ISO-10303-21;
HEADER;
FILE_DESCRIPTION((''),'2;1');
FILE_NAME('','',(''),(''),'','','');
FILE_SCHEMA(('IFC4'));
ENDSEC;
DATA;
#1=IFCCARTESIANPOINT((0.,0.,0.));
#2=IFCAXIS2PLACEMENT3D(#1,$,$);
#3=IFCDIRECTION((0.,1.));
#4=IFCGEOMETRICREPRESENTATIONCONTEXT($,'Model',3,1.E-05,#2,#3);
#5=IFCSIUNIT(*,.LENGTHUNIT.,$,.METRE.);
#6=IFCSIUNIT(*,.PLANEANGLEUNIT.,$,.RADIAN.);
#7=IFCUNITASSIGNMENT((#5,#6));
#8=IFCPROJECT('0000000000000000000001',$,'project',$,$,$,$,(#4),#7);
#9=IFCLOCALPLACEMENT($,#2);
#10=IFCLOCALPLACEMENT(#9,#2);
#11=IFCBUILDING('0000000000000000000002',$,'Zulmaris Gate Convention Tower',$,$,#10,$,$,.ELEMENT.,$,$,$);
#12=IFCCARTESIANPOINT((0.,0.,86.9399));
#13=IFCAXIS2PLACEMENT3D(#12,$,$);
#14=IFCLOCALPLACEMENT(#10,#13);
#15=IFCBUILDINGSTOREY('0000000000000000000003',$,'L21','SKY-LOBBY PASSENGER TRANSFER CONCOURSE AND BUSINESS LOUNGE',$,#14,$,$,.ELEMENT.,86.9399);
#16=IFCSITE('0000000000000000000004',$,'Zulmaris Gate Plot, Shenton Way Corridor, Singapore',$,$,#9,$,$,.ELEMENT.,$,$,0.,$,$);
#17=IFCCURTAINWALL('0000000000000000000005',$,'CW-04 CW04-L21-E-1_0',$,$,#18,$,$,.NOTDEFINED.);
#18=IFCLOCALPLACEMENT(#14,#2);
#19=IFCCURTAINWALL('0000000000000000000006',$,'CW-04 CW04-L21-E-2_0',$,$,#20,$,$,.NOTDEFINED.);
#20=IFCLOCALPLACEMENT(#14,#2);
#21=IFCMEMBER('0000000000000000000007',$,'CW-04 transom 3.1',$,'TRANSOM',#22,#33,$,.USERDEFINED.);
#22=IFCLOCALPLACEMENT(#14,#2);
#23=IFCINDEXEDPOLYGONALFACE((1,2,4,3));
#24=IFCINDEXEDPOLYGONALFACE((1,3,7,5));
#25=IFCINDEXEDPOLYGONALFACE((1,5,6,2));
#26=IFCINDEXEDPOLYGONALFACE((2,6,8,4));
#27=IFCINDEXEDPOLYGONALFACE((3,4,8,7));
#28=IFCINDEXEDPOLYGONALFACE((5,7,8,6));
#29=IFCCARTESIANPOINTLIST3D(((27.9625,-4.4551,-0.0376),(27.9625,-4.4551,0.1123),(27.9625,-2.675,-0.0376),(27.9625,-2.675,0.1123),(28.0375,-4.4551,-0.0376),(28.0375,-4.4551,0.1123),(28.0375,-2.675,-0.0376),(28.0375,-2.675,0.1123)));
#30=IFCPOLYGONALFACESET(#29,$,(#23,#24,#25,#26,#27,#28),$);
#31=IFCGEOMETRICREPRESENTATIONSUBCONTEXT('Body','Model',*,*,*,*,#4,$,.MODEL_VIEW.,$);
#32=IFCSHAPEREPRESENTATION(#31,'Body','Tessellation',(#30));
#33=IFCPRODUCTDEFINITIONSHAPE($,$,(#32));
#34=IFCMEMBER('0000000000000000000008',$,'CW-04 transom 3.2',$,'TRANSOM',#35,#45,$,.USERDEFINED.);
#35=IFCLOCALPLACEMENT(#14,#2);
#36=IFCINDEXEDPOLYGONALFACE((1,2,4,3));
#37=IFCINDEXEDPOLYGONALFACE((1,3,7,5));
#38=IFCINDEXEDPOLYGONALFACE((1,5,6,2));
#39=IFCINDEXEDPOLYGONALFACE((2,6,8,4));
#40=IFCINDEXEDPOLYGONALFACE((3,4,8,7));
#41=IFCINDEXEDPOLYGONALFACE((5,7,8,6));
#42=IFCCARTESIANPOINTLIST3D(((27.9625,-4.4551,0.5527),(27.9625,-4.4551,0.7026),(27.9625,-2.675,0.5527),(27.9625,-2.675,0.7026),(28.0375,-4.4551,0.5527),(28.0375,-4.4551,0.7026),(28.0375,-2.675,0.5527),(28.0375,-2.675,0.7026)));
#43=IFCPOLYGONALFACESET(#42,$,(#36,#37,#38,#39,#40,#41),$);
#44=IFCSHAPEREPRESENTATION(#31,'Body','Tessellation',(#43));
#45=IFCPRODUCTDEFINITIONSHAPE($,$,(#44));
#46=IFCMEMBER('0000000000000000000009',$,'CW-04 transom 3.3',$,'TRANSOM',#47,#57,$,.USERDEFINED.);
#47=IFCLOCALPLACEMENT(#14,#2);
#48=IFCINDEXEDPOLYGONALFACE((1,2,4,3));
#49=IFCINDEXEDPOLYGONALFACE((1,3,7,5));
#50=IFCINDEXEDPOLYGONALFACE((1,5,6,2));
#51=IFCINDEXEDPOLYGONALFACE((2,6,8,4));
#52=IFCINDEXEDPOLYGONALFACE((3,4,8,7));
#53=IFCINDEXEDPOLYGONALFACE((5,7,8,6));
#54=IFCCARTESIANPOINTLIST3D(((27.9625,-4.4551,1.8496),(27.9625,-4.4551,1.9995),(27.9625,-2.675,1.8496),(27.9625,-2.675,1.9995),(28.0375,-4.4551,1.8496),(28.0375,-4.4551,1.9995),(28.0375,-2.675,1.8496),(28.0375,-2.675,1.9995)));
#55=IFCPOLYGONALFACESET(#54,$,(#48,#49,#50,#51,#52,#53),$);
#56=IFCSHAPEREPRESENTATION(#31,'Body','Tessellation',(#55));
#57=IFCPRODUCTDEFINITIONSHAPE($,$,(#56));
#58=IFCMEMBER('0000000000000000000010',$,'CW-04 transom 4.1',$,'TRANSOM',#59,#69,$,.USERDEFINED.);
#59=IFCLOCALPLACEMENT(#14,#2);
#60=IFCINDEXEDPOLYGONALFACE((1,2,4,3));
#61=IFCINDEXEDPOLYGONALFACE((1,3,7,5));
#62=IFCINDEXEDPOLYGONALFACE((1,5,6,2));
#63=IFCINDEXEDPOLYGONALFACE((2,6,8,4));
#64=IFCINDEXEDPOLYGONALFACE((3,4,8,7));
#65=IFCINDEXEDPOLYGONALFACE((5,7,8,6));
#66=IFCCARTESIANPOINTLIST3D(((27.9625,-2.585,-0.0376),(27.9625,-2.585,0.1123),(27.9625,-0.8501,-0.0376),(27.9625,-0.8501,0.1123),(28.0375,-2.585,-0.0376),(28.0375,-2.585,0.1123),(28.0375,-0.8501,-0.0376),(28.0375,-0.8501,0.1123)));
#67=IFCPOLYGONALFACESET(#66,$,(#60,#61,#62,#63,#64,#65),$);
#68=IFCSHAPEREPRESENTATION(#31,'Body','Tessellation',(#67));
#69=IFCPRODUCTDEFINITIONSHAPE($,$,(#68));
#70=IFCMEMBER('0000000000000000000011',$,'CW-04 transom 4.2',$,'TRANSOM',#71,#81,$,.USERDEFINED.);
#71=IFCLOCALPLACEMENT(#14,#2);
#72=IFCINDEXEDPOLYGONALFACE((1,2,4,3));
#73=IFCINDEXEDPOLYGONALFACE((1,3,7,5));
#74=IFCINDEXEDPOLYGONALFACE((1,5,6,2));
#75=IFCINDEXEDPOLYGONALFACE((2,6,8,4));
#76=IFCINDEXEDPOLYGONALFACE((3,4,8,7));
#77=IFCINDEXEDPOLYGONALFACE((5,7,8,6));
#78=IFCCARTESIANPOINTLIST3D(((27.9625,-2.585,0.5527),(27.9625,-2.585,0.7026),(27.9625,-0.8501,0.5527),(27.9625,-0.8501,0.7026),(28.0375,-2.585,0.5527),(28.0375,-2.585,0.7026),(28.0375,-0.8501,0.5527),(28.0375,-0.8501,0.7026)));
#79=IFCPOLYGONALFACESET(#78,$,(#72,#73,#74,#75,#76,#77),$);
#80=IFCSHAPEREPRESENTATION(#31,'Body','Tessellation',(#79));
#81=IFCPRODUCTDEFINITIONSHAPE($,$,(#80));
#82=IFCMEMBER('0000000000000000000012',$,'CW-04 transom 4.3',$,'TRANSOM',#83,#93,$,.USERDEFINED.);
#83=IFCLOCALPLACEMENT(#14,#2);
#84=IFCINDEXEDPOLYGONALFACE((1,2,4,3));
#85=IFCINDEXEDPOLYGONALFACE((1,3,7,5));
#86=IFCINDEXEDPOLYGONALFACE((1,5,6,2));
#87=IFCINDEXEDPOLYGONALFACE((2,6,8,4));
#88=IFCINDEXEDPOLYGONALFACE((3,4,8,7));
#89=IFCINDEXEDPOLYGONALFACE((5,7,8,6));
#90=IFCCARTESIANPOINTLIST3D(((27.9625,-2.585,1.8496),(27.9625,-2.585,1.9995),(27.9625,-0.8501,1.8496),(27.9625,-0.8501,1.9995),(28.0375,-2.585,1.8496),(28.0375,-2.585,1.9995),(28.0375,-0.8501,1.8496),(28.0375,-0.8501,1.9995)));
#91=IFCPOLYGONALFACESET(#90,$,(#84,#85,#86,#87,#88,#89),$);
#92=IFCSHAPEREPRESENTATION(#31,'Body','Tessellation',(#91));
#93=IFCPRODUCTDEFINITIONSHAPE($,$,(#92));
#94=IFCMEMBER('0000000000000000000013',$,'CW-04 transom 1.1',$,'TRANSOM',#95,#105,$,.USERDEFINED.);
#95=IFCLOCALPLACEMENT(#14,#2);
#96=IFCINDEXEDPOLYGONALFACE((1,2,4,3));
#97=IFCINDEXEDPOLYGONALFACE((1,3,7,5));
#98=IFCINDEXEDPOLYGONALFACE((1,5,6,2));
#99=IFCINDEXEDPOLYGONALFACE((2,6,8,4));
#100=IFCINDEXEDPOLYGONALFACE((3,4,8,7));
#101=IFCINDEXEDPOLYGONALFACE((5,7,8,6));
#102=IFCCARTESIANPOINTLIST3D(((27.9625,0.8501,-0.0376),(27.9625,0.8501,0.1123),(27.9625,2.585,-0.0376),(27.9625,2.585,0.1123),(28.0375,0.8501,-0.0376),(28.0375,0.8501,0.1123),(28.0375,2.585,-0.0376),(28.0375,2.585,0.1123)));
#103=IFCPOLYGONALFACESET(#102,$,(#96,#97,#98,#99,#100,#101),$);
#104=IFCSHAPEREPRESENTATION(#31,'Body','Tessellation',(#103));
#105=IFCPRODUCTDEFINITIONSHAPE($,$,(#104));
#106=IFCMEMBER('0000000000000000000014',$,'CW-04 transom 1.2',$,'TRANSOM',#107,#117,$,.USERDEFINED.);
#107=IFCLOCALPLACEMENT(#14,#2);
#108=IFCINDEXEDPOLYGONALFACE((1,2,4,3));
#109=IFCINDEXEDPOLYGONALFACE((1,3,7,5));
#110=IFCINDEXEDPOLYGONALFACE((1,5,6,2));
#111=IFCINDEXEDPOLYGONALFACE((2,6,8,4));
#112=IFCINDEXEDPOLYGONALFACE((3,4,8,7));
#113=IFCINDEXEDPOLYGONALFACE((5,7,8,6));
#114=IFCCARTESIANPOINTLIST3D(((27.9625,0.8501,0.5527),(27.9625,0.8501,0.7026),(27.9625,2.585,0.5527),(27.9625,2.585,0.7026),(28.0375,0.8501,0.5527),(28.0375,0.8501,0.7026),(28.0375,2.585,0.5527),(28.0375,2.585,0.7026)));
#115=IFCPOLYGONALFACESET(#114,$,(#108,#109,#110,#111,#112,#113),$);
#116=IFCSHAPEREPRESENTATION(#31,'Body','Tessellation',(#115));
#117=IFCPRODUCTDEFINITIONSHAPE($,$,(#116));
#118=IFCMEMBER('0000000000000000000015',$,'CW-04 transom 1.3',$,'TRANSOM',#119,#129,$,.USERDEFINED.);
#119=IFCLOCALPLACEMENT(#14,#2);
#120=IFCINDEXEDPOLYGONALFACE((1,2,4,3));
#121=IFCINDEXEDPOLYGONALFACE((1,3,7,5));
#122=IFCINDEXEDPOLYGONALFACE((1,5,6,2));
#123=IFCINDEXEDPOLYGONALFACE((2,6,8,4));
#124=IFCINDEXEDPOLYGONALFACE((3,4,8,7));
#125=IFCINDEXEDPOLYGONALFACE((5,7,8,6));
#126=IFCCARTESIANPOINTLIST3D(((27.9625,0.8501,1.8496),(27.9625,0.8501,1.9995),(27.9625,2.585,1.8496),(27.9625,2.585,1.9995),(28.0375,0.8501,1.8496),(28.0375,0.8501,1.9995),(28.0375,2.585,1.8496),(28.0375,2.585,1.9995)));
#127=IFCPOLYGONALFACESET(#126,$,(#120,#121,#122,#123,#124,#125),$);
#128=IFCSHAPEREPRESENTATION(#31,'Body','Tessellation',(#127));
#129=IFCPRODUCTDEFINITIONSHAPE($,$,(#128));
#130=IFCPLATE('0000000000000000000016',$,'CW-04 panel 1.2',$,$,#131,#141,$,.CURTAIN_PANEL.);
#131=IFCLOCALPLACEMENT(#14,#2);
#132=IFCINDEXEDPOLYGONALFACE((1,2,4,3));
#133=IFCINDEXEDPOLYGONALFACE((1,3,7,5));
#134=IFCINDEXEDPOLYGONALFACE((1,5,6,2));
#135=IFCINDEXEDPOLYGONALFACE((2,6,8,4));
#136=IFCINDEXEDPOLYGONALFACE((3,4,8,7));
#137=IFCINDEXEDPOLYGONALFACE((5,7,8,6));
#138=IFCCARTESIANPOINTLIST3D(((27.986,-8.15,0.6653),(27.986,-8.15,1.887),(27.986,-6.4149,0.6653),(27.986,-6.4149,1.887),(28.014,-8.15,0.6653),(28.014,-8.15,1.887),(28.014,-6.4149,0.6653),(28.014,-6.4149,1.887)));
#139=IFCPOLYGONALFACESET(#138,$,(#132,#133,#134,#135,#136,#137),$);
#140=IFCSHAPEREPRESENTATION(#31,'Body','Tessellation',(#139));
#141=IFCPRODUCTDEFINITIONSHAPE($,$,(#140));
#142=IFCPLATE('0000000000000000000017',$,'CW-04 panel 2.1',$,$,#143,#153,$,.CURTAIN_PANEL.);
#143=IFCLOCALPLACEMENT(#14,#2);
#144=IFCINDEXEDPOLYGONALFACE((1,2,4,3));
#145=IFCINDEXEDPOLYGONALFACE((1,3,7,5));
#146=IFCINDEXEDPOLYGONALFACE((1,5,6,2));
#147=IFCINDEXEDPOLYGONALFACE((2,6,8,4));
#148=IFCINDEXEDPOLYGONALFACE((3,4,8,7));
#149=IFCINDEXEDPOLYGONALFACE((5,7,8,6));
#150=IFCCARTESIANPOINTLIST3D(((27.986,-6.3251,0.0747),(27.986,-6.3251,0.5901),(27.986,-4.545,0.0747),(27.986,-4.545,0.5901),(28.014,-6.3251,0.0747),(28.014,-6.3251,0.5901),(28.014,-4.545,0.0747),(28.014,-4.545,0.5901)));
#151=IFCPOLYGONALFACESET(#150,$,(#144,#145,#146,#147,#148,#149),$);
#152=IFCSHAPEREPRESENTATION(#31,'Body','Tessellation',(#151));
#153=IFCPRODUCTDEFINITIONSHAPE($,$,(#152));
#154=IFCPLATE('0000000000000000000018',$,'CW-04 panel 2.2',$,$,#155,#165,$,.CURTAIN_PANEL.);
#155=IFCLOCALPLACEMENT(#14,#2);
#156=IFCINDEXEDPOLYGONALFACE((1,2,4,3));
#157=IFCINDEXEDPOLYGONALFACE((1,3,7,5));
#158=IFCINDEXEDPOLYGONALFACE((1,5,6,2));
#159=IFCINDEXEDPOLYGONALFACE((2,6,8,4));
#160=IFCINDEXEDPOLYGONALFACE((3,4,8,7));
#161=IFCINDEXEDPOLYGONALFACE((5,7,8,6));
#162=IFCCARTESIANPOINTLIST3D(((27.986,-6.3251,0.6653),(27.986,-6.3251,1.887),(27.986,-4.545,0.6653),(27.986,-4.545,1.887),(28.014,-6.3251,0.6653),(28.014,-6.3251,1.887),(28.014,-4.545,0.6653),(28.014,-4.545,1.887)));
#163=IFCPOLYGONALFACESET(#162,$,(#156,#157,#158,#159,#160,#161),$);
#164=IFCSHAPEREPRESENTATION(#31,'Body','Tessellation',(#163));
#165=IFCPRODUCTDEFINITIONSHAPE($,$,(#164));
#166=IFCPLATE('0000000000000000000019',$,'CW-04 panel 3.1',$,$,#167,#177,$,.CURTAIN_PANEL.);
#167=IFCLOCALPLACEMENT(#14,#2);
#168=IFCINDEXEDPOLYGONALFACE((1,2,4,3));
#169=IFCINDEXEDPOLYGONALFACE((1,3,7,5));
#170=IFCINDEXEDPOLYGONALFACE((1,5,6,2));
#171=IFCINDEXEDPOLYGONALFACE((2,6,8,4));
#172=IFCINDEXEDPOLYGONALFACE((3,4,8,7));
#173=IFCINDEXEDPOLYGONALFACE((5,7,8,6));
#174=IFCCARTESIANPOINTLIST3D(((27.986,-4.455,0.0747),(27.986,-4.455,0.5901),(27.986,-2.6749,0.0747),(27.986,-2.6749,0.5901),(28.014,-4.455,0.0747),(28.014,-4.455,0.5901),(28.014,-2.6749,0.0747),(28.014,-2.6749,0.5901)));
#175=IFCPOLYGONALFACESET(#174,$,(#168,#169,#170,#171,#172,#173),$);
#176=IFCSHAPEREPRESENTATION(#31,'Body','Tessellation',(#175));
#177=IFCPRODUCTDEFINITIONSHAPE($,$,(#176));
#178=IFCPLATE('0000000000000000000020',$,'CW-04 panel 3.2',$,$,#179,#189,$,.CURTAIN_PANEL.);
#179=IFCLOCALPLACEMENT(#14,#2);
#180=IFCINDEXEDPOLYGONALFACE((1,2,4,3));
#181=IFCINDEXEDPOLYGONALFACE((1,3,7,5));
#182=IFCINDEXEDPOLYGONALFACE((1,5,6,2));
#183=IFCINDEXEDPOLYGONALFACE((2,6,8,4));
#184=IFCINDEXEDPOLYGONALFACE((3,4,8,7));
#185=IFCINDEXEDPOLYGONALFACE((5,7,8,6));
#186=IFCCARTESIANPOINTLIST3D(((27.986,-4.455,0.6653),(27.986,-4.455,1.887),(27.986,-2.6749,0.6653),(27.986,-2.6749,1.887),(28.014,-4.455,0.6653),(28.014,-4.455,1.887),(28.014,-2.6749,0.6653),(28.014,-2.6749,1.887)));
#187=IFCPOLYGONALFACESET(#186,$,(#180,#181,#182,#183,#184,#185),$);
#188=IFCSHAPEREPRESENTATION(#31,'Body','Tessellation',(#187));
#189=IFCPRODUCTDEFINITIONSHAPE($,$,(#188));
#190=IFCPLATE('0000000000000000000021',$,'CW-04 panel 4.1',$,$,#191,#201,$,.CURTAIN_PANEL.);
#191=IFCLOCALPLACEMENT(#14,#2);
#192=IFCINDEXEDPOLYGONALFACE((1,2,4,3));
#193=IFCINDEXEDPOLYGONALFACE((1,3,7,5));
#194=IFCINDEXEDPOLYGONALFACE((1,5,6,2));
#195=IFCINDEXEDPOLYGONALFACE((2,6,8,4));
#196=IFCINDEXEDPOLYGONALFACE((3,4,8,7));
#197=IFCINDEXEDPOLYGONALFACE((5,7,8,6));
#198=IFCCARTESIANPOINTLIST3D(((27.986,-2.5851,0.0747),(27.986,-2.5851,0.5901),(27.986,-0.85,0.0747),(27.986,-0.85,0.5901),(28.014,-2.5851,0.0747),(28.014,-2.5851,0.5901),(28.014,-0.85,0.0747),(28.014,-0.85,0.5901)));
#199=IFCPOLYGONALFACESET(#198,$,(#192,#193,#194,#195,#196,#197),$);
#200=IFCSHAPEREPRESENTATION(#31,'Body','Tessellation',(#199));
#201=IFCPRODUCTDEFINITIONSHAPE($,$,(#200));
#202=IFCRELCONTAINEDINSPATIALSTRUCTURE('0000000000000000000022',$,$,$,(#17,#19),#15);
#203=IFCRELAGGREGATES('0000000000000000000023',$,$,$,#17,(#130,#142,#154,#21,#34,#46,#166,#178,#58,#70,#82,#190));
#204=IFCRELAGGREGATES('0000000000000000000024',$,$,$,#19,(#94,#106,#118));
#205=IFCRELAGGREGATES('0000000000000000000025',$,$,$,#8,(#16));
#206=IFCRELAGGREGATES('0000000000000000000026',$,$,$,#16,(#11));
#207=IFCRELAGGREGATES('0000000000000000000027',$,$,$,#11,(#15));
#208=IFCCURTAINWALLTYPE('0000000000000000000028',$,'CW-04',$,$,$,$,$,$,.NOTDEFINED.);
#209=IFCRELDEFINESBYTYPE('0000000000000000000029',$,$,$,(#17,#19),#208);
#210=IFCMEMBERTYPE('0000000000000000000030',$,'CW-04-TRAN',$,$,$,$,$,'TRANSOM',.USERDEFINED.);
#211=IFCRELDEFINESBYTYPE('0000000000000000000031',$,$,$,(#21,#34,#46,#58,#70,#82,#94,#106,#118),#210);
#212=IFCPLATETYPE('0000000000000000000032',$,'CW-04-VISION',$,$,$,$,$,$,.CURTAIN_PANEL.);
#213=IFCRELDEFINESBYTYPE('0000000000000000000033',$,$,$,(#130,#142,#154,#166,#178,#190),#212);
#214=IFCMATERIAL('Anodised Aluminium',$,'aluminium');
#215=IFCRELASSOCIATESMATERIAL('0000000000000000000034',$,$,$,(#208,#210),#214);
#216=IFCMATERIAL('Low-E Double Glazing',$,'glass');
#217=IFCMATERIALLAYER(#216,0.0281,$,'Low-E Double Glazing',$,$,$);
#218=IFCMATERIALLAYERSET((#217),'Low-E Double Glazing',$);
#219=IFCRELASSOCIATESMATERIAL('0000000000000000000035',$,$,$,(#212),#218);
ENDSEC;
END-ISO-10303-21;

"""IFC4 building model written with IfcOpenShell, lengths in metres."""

from ifc_helpers import new_model, si_unit, direction, frame, origin, origin_2d, place, context, subcontext, project, spatial, rectangle, extrude, material, layer, layer_set, material_profile, profile_set, type_object, element, aggregate, save


model = new_model("IFC4")

# Units and contexts
model_context = context("Model", 3, precision=1e-05, world=origin(), true_north=direction((0.0, 1.0)))
body_context = subcontext(model_context, "Body", "Model", "MODEL_VIEW")
ifc_project = project(units=[si_unit("LENGTHUNIT", "METRE"), si_unit("PLANEANGLEUNIT", "RADIAN")], contexts=[model_context])

# Site, building, storey
site_placement = place(None, origin())
site = spatial("IfcSite", under=ifc_project, at=site_placement, Name="Zulmaris Gate Plot, Shenton Way Corridor, Singapore", CompositionType="ELEMENT", RefElevation=0.0)
building_placement = place(site_placement, origin())
building = spatial("IfcBuilding", under=site, at=building_placement, Name="Zulmaris Gate Convention Tower", CompositionType="ELEMENT")
storey_placement = place(building_placement, frame((0.0, 0.0, 86.9399)))
storey = spatial("IfcBuildingStorey", under=building, at=storey_placement, Name="L21", Description="SKY-LOBBY PASSENGER TRANSFER CONCOURSE AND BUSINESS LOUNGE", CompositionType="ELEMENT", Elevation=86.9399)

# Curtain wall
ifc_material_1 = material(Name="Anodised Aluminium", Category="aluminium")
curtain_wall_type = type_object("IfcCurtainWallType", Name="CW-04", PredefinedType="NOTDEFINED", material=ifc_material_1)
curtain_wall_1_placement = place(storey_placement, origin())
curtain_wall_1 = element("IfcCurtainWall", 1, at=curtain_wall_1_placement, inside=storey, type_object=curtain_wall_type, Name="CW-04 CW04-L21-E-1_0", PredefinedType="NOTDEFINED")

# Curtain wall
curtain_wall_2_placement = place(storey_placement, origin())
curtain_wall_2 = element("IfcCurtainWall", 2, at=curtain_wall_2_placement, inside=storey, type_object=curtain_wall_type, Name="CW-04 CW04-L21-E-2_0", PredefinedType="NOTDEFINED")

# Members
ifc_material_profile_1 = material_profile(ifc_material_1, rectangle(XDim=0.075, YDim=0.1499, at=origin_2d()), Name="ALU TRANSOM 75x150")
ifc_profile_set_1 = profile_set([ifc_material_profile_1], Name="Anodised Aluminium")
member_type_1 = type_object("IfcMemberType", Name="CW-04-TRAN", ElementType="TRANSOM", PredefinedType="USERDEFINED", material=ifc_profile_set_1)
member_1_placement = place(storey_placement, frame((28.0, -4.4551, 0.0374), z_axis=(0.0, 1.0, 0.0), x_axis=(-1.0, 0.0, 0.0)))
member_1 = element("IfcMember", 3, at=member_1_placement, type_object=member_type_1, Name="CW-04 transom 3.1", ObjectType="TRANSOM", PredefinedType="USERDEFINED", context=body_context, shape_type="SweptSolid", body=[
    extrude(rectangle(XDim=0.075, YDim=0.1499, at=origin_2d()), origin(), (0.0, 0.0, 1.0), 1.78),
])
member_2_placement = place(storey_placement, frame((28.0, -4.4551, 0.6277), z_axis=(0.0, 1.0, 0.0), x_axis=(-1.0, 0.0, 0.0)))
member_2 = element("IfcMember", 4, at=member_2_placement, type_object=member_type_1, Name="CW-04 transom 3.2", ObjectType="TRANSOM", PredefinedType="USERDEFINED", context=body_context, shape_type="SweptSolid", body=[
    extrude(rectangle(XDim=0.075, YDim=0.1499, at=origin_2d()), origin(), (0.0, 0.0, 1.0), 1.78),
])
member_3_placement = place(storey_placement, frame((28.0, -4.4551, 1.9246), z_axis=(0.0, 1.0, 0.0), x_axis=(-1.0, 0.0, 0.0)))
member_3 = element("IfcMember", 5, at=member_3_placement, type_object=member_type_1, Name="CW-04 transom 3.3", ObjectType="TRANSOM", PredefinedType="USERDEFINED", context=body_context, shape_type="SweptSolid", body=[
    extrude(rectangle(XDim=0.075, YDim=0.1499, at=origin_2d()), origin(), (0.0, 0.0, 1.0), 1.78),
])
member_4_placement = place(storey_placement, frame((28.0, -2.585, 0.0374), z_axis=(0.0, 1.0, 0.0), x_axis=(-1.0, 0.0, 0.0)))
member_4 = element("IfcMember", 6, at=member_4_placement, type_object=member_type_1, Name="CW-04 transom 4.1", ObjectType="TRANSOM", PredefinedType="USERDEFINED", context=body_context, shape_type="SweptSolid", body=[
    extrude(rectangle(XDim=0.075, YDim=0.1499, at=origin_2d()), origin(), (0.0, 0.0, 1.0), 1.7349),
])
member_5_placement = place(storey_placement, frame((28.0, -2.585, 0.6277), z_axis=(0.0, 1.0, 0.0), x_axis=(-1.0, 0.0, 0.0)))
member_5 = element("IfcMember", 7, at=member_5_placement, type_object=member_type_1, Name="CW-04 transom 4.2", ObjectType="TRANSOM", PredefinedType="USERDEFINED", context=body_context, shape_type="SweptSolid", body=[
    extrude(rectangle(XDim=0.075, YDim=0.1499, at=origin_2d()), origin(), (0.0, 0.0, 1.0), 1.7349),
])
member_6_placement = place(storey_placement, frame((28.0, -2.585, 1.9246), z_axis=(0.0, 1.0, 0.0), x_axis=(-1.0, 0.0, 0.0)))
member_6 = element("IfcMember", 8, at=member_6_placement, type_object=member_type_1, Name="CW-04 transom 4.3", ObjectType="TRANSOM", PredefinedType="USERDEFINED", context=body_context, shape_type="SweptSolid", body=[
    extrude(rectangle(XDim=0.075, YDim=0.1499, at=origin_2d()), origin(), (0.0, 0.0, 1.0), 1.7349),
])
member_7_placement = place(storey_placement, frame((28.0, 0.8501, 0.0374), z_axis=(0.0, 1.0, 0.0), x_axis=(-1.0, 0.0, 0.0)))
member_7 = element("IfcMember", 9, at=member_7_placement, type_object=member_type_1, Name="CW-04 transom 1.1", ObjectType="TRANSOM", PredefinedType="USERDEFINED", context=body_context, shape_type="SweptSolid", body=[
    extrude(rectangle(XDim=0.075, YDim=0.1499, at=origin_2d()), origin(), (0.0, 0.0, 1.0), 1.7349),
])
member_8_placement = place(storey_placement, frame((28.0, 0.8501, 0.6277), z_axis=(0.0, 1.0, 0.0), x_axis=(-1.0, 0.0, 0.0)))
member_8 = element("IfcMember", 10, at=member_8_placement, type_object=member_type_1, Name="CW-04 transom 1.2", ObjectType="TRANSOM", PredefinedType="USERDEFINED", context=body_context, shape_type="SweptSolid", body=[
    extrude(rectangle(XDim=0.075, YDim=0.1499, at=origin_2d()), origin(), (0.0, 0.0, 1.0), 1.7349),
])
member_9_placement = place(storey_placement, frame((28.0, 0.8501, 1.9246), z_axis=(0.0, 1.0, 0.0), x_axis=(-1.0, 0.0, 0.0)))
member_9 = element("IfcMember", 11, at=member_9_placement, type_object=member_type_1, Name="CW-04 transom 1.3", ObjectType="TRANSOM", PredefinedType="USERDEFINED", context=body_context, shape_type="SweptSolid", body=[
    extrude(rectangle(XDim=0.075, YDim=0.1499, at=origin_2d()), origin(), (0.0, 0.0, 1.0), 1.7349),
])

# Plates
ifc_material_2 = material(Name="Low-E Double Glazing", Category="glass")
ifc_layer_1 = layer(ifc_material_2, 0.0281, Name="Low-E Double Glazing")
ifc_layer_set_1 = layer_set([ifc_layer_1], Name="Low-E Double Glazing")
plate_type = type_object("IfcPlateType", Name="CW-04-VISION", PredefinedType="CURTAIN_PANEL", material=ifc_layer_set_1)
plate_1_placement = place(storey_placement, frame((28.0, -7.2825, 0.6653), z_axis=(0.0, 0.0, 1.0), x_axis=(0.0, 1.0, 0.0)))
plate_1 = element("IfcPlate", 12, at=plate_1_placement, type_object=plate_type, Name="CW-04 panel 1.2", PredefinedType="CURTAIN_PANEL", context=body_context, shape_type="SweptSolid", body=[
    extrude(rectangle(XDim=1.7351, YDim=0.0281, at=origin_2d()), origin(), (0.0, 0.0, 1.0), 1.2217),
])
plate_2_placement = place(storey_placement, frame((28.0, -5.4351, 0.0747), z_axis=(0.0, 0.0, 1.0), x_axis=(0.0, 1.0, 0.0)))
plate_2 = element("IfcPlate", 13, at=plate_2_placement, type_object=plate_type, Name="CW-04 panel 2.1", PredefinedType="CURTAIN_PANEL", context=body_context, shape_type="SweptSolid", body=[
    extrude(rectangle(XDim=1.78, YDim=0.0281, at=origin_2d()), origin(), (0.0, 0.0, 1.0), 0.5154),
])
plate_3_placement = place(storey_placement, frame((28.0, -5.4351, 0.6653), z_axis=(0.0, 0.0, 1.0), x_axis=(0.0, 1.0, 0.0)))
plate_3 = element("IfcPlate", 14, at=plate_3_placement, type_object=plate_type, Name="CW-04 panel 2.2", PredefinedType="CURTAIN_PANEL", context=body_context, shape_type="SweptSolid", body=[
    extrude(rectangle(XDim=1.78, YDim=0.0281, at=origin_2d()), origin(), (0.0, 0.0, 1.0), 1.2217),
])
plate_4_placement = place(storey_placement, frame((28.0, -3.5649, 0.0747), z_axis=(0.0, 0.0, 1.0), x_axis=(0.0, 1.0, 0.0)))
plate_4 = element("IfcPlate", 15, at=plate_4_placement, type_object=plate_type, Name="CW-04 panel 3.1", PredefinedType="CURTAIN_PANEL", context=body_context, shape_type="SweptSolid", body=[
    extrude(rectangle(XDim=1.78, YDim=0.0281, at=origin_2d()), origin(), (0.0, 0.0, 1.0), 0.5154),
])
plate_5_placement = place(storey_placement, frame((28.0, -3.5649, 0.6653), z_axis=(0.0, 0.0, 1.0), x_axis=(0.0, 1.0, 0.0)))
plate_5 = element("IfcPlate", 16, at=plate_5_placement, type_object=plate_type, Name="CW-04 panel 3.2", PredefinedType="CURTAIN_PANEL", context=body_context, shape_type="SweptSolid", body=[
    extrude(rectangle(XDim=1.78, YDim=0.0281, at=origin_2d()), origin(), (0.0, 0.0, 1.0), 1.2217),
])
plate_6_placement = place(storey_placement, frame((28.0, -1.7175, 0.0747), z_axis=(0.0, 0.0, 1.0), x_axis=(0.0, 1.0, 0.0)))
plate_6 = element("IfcPlate", 17, at=plate_6_placement, type_object=plate_type, Name="CW-04 panel 4.1", PredefinedType="CURTAIN_PANEL", context=body_context, shape_type="SweptSolid", body=[
    extrude(rectangle(XDim=1.7351, YDim=0.0281, at=origin_2d()), origin(), (0.0, 0.0, 1.0), 0.5154),
])
aggregate(curtain_wall_1, [plate_1, plate_2, plate_3, member_1, member_2, member_3, plate_4, plate_5, member_4, member_5, member_6, plate_6])
aggregate(curtain_wall_2, [member_7, member_8, member_9])

save(model, "model.ifc")
